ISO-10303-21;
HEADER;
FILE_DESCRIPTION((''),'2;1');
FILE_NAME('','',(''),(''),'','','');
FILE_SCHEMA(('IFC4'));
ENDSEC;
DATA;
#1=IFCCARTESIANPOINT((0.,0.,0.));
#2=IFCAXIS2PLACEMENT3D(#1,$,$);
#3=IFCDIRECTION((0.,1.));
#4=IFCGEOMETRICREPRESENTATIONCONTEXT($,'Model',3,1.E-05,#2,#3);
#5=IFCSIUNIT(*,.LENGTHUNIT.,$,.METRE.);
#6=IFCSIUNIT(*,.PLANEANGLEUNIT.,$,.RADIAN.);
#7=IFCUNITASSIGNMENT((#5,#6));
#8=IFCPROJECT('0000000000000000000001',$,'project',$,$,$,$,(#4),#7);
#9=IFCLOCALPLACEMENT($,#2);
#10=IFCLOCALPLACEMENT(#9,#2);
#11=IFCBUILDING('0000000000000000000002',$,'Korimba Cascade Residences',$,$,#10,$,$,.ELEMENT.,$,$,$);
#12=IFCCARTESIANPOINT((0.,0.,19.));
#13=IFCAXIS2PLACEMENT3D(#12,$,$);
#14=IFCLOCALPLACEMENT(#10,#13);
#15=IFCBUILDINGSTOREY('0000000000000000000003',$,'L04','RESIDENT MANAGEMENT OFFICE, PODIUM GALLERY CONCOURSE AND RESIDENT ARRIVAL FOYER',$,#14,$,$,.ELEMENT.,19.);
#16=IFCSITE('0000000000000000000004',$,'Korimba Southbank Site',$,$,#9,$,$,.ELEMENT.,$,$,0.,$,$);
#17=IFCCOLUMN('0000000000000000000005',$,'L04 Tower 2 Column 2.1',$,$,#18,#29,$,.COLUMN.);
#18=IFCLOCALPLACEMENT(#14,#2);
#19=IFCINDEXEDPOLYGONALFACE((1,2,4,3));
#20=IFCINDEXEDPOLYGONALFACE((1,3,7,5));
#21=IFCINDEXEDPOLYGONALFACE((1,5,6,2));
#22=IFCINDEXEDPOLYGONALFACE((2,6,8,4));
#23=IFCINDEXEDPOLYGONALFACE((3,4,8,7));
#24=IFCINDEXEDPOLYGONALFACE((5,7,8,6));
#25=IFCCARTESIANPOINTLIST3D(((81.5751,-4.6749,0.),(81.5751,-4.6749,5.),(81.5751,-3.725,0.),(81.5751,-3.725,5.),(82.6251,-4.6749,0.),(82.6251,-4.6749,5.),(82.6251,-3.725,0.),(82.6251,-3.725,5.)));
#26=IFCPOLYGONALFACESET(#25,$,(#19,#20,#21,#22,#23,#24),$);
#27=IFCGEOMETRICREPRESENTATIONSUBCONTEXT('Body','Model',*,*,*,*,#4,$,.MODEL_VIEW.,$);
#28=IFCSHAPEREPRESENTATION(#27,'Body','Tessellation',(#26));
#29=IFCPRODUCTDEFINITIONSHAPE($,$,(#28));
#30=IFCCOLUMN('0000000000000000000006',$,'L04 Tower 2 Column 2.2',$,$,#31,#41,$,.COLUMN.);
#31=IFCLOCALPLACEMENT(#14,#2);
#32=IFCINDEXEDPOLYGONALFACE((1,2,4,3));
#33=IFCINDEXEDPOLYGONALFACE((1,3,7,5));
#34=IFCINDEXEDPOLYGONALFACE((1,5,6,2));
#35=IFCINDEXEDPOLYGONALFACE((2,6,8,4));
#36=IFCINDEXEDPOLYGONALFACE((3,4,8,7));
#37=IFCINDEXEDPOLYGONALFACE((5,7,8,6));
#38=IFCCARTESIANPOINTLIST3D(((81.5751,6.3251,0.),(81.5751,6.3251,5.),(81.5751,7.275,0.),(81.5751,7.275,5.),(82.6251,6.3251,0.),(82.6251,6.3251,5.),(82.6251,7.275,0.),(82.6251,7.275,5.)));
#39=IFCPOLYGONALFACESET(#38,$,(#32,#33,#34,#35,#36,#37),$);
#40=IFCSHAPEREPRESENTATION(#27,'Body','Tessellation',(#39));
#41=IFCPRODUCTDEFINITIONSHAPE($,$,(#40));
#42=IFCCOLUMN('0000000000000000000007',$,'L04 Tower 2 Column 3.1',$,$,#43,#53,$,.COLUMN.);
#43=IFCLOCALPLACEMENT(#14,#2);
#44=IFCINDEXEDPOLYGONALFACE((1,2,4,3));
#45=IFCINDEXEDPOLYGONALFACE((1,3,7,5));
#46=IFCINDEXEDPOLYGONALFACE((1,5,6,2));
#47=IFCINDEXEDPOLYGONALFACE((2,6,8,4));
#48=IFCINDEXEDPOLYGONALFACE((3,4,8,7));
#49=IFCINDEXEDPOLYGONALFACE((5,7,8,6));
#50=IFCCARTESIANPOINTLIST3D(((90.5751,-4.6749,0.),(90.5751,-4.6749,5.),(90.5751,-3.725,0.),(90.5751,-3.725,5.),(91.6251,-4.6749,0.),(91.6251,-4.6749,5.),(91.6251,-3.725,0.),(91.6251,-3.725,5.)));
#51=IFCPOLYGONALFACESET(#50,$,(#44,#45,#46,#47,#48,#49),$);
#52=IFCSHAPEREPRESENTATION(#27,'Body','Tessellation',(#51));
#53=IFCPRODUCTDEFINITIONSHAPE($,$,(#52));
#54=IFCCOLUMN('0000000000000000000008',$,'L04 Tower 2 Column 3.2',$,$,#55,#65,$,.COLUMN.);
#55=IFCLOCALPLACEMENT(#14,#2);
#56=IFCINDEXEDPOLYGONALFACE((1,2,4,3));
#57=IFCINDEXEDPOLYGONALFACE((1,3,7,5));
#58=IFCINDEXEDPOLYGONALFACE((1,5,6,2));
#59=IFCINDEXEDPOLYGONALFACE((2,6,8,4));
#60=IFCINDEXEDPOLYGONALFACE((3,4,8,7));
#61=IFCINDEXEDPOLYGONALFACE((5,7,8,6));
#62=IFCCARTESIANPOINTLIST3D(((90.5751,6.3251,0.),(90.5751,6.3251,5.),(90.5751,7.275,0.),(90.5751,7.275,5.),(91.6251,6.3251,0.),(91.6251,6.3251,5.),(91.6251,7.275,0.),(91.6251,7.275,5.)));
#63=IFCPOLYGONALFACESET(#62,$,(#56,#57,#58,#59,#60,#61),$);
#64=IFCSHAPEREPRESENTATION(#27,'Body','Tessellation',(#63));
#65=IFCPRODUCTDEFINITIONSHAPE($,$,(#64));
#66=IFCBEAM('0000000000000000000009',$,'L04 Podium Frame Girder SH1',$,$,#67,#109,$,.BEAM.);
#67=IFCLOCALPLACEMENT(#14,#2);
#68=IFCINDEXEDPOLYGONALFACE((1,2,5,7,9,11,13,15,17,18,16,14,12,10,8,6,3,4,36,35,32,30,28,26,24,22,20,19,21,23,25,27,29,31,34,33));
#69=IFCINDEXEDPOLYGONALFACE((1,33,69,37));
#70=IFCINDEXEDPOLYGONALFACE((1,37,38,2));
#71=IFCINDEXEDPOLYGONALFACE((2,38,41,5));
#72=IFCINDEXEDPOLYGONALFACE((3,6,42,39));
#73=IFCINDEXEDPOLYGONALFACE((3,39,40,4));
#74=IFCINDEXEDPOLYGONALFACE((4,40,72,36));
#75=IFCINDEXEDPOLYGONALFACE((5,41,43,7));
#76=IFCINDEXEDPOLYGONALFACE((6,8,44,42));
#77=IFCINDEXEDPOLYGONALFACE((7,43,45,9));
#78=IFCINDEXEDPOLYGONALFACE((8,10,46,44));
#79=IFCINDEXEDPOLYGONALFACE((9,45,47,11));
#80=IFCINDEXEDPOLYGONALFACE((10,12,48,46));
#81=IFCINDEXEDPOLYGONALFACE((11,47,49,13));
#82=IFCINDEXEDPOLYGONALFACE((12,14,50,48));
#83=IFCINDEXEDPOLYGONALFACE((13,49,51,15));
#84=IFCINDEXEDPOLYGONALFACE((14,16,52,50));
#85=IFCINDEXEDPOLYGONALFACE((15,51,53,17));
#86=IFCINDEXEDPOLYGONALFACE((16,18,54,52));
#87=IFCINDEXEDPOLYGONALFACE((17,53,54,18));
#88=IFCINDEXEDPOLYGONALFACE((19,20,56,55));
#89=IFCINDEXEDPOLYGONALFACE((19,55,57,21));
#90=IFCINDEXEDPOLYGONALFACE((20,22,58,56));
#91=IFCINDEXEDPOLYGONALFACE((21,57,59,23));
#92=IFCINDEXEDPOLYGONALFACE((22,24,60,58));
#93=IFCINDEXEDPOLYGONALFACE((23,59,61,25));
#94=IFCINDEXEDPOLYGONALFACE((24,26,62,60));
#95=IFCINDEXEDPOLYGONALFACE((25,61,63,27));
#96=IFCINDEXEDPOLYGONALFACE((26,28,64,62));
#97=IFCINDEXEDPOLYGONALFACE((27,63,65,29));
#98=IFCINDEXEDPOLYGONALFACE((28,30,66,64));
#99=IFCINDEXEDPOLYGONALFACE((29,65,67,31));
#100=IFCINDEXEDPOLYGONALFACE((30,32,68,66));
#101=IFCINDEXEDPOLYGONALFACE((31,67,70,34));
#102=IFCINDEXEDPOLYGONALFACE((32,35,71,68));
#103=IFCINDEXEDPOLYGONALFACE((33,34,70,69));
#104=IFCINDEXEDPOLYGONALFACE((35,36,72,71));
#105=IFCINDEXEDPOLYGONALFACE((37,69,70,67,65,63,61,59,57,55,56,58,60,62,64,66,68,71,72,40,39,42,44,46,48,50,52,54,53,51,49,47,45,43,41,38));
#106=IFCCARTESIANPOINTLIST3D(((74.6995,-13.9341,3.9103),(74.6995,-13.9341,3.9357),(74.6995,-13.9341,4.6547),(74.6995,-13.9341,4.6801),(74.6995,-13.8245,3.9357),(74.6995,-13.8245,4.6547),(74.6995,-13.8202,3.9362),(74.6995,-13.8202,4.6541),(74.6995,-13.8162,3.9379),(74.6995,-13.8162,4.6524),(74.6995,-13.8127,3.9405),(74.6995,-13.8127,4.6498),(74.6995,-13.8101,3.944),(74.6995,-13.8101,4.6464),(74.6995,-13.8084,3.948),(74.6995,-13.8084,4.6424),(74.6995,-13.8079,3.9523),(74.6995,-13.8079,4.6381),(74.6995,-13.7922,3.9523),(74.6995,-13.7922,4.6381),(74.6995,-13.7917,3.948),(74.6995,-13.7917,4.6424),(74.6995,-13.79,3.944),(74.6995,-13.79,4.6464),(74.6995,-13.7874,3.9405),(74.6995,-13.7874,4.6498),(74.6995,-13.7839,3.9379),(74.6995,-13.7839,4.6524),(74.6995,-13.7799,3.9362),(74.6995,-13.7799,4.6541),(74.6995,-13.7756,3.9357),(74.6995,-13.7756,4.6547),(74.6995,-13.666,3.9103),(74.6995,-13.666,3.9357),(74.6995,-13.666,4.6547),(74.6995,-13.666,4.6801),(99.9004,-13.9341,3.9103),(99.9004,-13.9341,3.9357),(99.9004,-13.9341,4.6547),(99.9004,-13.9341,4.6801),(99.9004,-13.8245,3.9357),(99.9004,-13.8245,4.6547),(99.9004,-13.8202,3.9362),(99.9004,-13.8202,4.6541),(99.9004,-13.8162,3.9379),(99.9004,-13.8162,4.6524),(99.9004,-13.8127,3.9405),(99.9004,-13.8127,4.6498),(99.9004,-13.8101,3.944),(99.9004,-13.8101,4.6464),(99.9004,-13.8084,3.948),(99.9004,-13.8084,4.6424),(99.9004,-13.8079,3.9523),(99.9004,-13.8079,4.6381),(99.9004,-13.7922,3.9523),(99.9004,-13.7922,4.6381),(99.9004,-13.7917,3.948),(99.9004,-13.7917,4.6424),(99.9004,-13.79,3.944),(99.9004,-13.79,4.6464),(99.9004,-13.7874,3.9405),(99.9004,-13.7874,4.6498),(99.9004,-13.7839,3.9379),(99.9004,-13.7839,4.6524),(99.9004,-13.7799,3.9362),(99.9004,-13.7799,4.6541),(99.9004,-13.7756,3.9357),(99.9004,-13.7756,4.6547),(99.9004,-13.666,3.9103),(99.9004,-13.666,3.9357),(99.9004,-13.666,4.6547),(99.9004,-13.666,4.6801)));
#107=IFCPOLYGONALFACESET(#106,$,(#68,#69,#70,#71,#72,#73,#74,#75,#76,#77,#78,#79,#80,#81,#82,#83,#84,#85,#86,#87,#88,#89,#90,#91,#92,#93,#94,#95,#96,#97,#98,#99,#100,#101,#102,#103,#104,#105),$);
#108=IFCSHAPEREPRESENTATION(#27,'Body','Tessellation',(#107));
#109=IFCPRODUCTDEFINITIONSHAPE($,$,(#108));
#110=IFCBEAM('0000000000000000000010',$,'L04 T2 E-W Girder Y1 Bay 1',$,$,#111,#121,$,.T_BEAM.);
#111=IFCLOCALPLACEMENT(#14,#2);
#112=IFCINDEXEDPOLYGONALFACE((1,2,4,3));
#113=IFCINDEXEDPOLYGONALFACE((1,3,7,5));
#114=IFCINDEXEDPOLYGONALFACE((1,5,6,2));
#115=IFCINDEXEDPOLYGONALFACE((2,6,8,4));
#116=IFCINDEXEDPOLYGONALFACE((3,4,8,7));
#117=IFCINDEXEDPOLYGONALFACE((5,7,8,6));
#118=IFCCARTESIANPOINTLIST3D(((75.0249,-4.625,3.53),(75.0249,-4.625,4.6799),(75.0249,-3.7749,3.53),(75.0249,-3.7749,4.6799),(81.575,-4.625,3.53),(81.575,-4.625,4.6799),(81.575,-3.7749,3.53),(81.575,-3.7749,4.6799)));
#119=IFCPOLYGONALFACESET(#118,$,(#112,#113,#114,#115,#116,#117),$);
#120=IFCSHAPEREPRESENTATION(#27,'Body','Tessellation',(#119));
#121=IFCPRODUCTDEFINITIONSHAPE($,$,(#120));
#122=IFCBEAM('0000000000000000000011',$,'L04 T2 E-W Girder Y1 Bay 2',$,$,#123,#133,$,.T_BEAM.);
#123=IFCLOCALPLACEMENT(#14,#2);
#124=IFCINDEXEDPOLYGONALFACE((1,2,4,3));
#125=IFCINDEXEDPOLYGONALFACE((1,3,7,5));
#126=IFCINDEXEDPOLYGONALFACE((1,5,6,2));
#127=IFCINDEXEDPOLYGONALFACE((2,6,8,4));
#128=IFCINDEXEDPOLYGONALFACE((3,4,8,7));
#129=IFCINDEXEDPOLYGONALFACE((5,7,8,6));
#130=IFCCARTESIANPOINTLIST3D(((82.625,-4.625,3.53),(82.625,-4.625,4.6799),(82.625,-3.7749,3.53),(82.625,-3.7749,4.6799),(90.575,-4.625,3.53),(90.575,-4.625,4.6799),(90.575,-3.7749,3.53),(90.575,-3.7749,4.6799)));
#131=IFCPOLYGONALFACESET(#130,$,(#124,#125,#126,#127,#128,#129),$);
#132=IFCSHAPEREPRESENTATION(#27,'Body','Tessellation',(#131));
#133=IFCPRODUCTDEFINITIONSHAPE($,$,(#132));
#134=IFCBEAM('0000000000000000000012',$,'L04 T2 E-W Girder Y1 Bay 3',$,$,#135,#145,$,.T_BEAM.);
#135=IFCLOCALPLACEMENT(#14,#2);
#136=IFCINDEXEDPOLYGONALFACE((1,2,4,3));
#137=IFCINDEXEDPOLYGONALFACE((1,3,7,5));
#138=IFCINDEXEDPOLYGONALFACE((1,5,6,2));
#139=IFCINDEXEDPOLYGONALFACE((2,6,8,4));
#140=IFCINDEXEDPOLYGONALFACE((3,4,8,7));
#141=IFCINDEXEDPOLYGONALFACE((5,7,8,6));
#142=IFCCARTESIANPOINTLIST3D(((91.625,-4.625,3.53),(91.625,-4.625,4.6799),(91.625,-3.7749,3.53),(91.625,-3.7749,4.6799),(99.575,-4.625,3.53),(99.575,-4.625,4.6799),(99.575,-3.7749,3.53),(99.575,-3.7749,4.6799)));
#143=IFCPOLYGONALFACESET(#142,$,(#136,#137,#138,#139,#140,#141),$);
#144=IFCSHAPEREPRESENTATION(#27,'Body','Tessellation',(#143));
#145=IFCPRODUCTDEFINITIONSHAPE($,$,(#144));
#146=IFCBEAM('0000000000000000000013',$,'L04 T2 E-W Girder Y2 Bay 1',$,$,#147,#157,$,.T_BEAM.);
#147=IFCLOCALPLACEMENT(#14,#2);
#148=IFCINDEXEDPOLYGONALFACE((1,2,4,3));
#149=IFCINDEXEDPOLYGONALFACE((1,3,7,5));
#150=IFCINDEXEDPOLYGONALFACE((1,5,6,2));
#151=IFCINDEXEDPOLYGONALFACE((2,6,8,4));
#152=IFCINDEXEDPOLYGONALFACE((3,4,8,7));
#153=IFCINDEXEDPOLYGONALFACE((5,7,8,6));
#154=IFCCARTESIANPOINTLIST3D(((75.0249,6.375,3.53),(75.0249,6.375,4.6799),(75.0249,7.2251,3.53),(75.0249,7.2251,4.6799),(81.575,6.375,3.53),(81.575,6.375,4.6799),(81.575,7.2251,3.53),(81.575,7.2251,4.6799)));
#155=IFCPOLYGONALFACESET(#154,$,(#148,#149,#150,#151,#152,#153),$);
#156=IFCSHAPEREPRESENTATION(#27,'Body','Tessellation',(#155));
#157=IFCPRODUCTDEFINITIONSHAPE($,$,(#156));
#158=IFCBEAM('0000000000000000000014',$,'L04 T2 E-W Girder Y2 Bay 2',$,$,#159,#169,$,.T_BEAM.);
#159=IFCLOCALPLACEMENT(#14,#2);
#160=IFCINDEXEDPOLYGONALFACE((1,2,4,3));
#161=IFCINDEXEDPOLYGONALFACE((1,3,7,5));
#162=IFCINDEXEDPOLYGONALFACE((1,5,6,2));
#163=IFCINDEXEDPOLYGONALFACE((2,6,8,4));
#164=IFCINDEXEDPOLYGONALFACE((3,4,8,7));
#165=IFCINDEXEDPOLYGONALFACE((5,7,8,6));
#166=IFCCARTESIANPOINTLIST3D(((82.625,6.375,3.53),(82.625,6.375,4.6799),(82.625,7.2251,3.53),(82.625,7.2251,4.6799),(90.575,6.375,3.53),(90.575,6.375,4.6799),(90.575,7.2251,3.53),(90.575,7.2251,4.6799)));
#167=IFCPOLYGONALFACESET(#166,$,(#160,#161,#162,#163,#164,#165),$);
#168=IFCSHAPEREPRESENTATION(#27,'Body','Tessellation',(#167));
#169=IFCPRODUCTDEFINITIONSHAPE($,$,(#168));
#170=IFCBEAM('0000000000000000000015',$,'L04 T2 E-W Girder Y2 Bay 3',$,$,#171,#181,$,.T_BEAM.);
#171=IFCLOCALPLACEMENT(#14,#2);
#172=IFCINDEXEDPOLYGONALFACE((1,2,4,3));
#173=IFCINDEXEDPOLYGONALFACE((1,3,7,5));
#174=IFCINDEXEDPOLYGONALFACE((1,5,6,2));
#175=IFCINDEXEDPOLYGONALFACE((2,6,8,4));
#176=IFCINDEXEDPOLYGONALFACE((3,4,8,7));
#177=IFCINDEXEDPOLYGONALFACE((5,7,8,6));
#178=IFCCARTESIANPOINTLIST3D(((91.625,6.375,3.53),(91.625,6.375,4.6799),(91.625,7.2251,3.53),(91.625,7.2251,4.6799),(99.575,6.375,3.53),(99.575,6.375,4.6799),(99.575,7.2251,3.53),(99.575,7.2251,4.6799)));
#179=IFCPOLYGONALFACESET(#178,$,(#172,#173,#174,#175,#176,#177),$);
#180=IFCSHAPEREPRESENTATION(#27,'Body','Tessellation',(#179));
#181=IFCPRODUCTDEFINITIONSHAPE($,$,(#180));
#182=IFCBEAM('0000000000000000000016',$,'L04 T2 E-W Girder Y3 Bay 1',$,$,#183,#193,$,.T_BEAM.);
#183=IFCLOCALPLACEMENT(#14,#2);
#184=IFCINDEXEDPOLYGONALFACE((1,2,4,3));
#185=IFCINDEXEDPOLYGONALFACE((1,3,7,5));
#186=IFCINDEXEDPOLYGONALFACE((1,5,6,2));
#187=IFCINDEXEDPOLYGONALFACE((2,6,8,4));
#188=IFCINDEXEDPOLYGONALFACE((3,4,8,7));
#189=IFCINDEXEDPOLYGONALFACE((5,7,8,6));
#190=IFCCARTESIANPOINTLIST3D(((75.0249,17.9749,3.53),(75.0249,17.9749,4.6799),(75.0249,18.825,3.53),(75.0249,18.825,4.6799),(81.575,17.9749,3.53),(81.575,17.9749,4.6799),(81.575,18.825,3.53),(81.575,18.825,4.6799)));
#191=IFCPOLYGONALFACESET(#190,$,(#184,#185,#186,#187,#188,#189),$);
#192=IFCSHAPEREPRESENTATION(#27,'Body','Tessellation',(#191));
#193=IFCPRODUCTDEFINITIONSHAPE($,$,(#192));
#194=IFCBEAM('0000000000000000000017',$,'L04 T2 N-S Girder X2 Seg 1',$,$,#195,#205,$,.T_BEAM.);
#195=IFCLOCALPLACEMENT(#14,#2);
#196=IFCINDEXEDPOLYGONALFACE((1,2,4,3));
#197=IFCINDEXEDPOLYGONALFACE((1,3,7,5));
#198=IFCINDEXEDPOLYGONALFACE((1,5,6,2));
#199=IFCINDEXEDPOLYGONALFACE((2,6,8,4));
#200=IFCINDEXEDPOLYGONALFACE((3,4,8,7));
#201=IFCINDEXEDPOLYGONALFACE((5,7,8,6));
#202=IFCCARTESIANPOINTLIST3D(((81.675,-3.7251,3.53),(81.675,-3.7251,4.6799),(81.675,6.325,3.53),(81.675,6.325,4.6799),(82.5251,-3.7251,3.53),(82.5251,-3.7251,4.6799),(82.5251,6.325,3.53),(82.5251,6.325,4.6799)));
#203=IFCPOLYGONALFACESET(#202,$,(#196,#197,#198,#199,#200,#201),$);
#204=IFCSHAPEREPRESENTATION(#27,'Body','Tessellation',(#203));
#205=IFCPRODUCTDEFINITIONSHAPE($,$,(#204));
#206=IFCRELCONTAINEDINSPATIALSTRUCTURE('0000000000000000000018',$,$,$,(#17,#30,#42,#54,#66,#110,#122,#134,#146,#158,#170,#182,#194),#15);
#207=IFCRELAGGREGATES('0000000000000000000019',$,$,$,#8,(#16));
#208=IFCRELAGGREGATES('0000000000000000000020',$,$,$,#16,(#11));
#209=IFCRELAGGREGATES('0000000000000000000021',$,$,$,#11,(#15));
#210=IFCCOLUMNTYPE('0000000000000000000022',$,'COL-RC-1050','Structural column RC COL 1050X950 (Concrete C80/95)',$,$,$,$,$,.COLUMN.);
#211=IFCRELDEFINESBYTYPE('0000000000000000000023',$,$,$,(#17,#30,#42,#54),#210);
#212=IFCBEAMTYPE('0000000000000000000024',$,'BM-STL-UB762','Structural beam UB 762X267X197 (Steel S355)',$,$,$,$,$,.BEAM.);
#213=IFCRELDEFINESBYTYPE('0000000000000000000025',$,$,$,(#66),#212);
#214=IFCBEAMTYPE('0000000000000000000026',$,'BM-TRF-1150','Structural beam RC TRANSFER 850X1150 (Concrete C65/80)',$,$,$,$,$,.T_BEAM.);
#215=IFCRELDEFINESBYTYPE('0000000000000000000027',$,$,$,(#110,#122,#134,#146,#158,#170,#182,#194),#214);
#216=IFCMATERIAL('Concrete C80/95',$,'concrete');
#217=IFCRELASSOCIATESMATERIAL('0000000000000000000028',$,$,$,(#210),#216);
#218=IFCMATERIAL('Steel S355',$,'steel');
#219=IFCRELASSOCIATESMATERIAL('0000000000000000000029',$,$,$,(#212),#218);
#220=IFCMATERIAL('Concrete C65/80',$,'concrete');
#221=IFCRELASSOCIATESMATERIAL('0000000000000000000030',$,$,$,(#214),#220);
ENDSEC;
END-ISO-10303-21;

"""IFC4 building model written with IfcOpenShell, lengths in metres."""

from ifc_helpers import new_model, si_unit, direction, frame, origin, origin_2d, place, context, subcontext, project, spatial, rectangle, i_section, extrude, material, material_profile, profile_set, type_object, element, save


model = new_model("IFC4")

# Units and contexts
model_context = context("Model", 3, precision=1e-05, world=origin(), true_north=direction((0.0, 1.0)))
body_context = subcontext(model_context, "Body", "Model", "MODEL_VIEW")
ifc_project = project(units=[si_unit("LENGTHUNIT", "METRE"), si_unit("PLANEANGLEUNIT", "RADIAN")], contexts=[model_context])

# Site, building, storey
site_placement = place(None, origin())
site = spatial("IfcSite", under=ifc_project, at=site_placement, Name="Korimba Southbank Site", CompositionType="ELEMENT", RefElevation=0.0)
building_placement = place(site_placement, origin())
building = spatial("IfcBuilding", under=site, at=building_placement, Name="Korimba Cascade Residences", CompositionType="ELEMENT")
storey_placement = place(building_placement, frame((0.0, 0.0, 19.0)))
storey = spatial("IfcBuildingStorey", under=building, at=storey_placement, Name="L04", Description="RESIDENT MANAGEMENT OFFICE, PODIUM GALLERY CONCOURSE AND RESIDENT ARRIVAL FOYER", CompositionType="ELEMENT", Elevation=19.0)

# Columns
ifc_material_1 = material(Name="Concrete C80/95", Category="concrete")
ifc_material_profile_1 = material_profile(ifc_material_1, rectangle(XDim=1.05, YDim=0.95, at=origin_2d()), Name="Concrete C80/95")
ifc_profile_set_1 = profile_set([ifc_material_profile_1], Name="Concrete C80/95")
column_type = type_object("IfcColumnType", Name="COL-RC-1050", Description="Structural column RC COL 1050X950 (Concrete C80/95)", PredefinedType="COLUMN", material=ifc_profile_set_1)
for number, where, z_axis, x_axis, name in (
    (1, (82.1001, -4.2, 0.0), (0.0, 0.0, 1.0), (1.0, 0.0, 0.0), "L04 Tower 2 Column 2.1"),
    (2, (82.1001, 6.8, 0.0), (0.0, 0.0, 1.0), (1.0, 0.0, 0.0), "L04 Tower 2 Column 2.2"),
    (3, (91.1001, -4.2, 0.0), (0.0, 0.0, 1.0), (1.0, 0.0, 0.0), "L04 Tower 2 Column 3.1"),
    (4, (91.1001, 6.8, 0.0), (0.0, 0.0, 1.0), (1.0, 0.0, 0.0), "L04 Tower 2 Column 3.2"),
):
    element("IfcColumn", number, at=place(storey_placement, frame(where, z_axis=z_axis, x_axis=x_axis)), inside=storey, type_object=column_type, Name=name, PredefinedType="COLUMN", context=body_context, shape_type="SweptSolid", body=[
        extrude(rectangle(XDim=1.05, YDim=0.95, at=origin_2d()), origin(), (0.0, 0.0, 1.0), 5.0),
    ])

# Beams
ifc_material_2 = material(Name="Steel S355", Category="steel")
ifc_material_profile_2 = material_profile(ifc_material_2, i_section(OverallWidth=0.2681, OverallDepth=0.7698, WebThickness=0.0156, FlangeThickness=0.0254, FilletRadius=0.0166, at=origin_2d()), Name="Steel S355")
ifc_profile_set_2 = profile_set([ifc_material_profile_2], Name="Steel S355")
beam_type_1 = type_object("IfcBeamType", Name="BM-STL-UB762", Description="Structural beam UB 762X267X197 (Steel S355)", PredefinedType="BEAM", material=ifc_profile_set_2)
beam_1_placement = place(storey_placement, frame((74.6995, -13.8, 4.2952), z_axis=(1.0, 0.0, 0.0), x_axis=(0.0, 1.0, 0.0)))
element("IfcBeam", 5, at=beam_1_placement, inside=storey, type_object=beam_type_1, Name="L04 Podium Frame Girder SH1", PredefinedType="BEAM", context=body_context, shape_type="SweptSolid", body=[
    extrude(i_section(OverallWidth=0.2681, OverallDepth=0.7698, WebThickness=0.0156, FlangeThickness=0.0254, FilletRadius=0.0166, at=origin_2d()), origin(), (0.0, 0.0, 1.0), 25.2009),
])
ifc_material_3 = material(Name="Concrete C65/80", Category="concrete")
ifc_material_profile_3 = material_profile(ifc_material_3, rectangle(XDim=0.8501, YDim=1.1499, at=origin_2d()), Name="Concrete C65/80")
ifc_profile_set_3 = profile_set([ifc_material_profile_3], Name="Concrete C65/80")
beam_type_2 = type_object("IfcBeamType", Name="BM-TRF-1150", Description="Structural beam RC TRANSFER 850X1150 (Concrete C65/80)", PredefinedType="T_BEAM", material=ifc_profile_set_3)
beam_2_placement = place(storey_placement, frame((75.0249, -4.2, 4.105), z_axis=(1.0, 0.0, 0.0), x_axis=(0.0, 1.0, 0.0)))
element("IfcBeam", 6, at=beam_2_placement, inside=storey, type_object=beam_type_2, Name="L04 T2 E-W Girder Y1 Bay 1", PredefinedType="T_BEAM", context=body_context, shape_type="SweptSolid", body=[
    extrude(rectangle(XDim=0.8501, YDim=1.1499, at=origin_2d()), origin(), (0.0, 0.0, 1.0), 6.55),
])
for number, where, z_axis, x_axis, name in (
    (7, (82.625, -4.2, 4.105), (1.0, 0.0, 0.0), (0.0, 1.0, 0.0), "L04 T2 E-W Girder Y1 Bay 2"),
    (8, (91.625, -4.2, 4.105), (1.0, 0.0, 0.0), (0.0, 1.0, 0.0), "L04 T2 E-W Girder Y1 Bay 3"),
):
    element("IfcBeam", number, at=place(storey_placement, frame(where, z_axis=z_axis, x_axis=x_axis)), inside=storey, type_object=beam_type_2, Name=name, PredefinedType="T_BEAM", context=body_context, shape_type="SweptSolid", body=[
        extrude(rectangle(XDim=0.8501, YDim=1.1499, at=origin_2d()), origin(), (0.0, 0.0, 1.0), 7.95),
    ])
beam_3_placement = place(storey_placement, frame((75.0249, 6.8, 4.105), z_axis=(1.0, 0.0, 0.0), x_axis=(0.0, 1.0, 0.0)))
element("IfcBeam", 9, at=beam_3_placement, inside=storey, type_object=beam_type_2, Name="L04 T2 E-W Girder Y2 Bay 1", PredefinedType="T_BEAM", context=body_context, shape_type="SweptSolid", body=[
    extrude(rectangle(XDim=0.8501, YDim=1.1499, at=origin_2d()), origin(), (0.0, 0.0, 1.0), 6.55),
])
for number, where, z_axis, x_axis, name in (
    (10, (82.625, 6.8, 4.105), (1.0, 0.0, 0.0), (0.0, 1.0, 0.0), "L04 T2 E-W Girder Y2 Bay 2"),
    (11, (91.625, 6.8, 4.105), (1.0, 0.0, 0.0), (0.0, 1.0, 0.0), "L04 T2 E-W Girder Y2 Bay 3"),
):
    element("IfcBeam", number, at=place(storey_placement, frame(where, z_axis=z_axis, x_axis=x_axis)), inside=storey, type_object=beam_type_2, Name=name, PredefinedType="T_BEAM", context=body_context, shape_type="SweptSolid", body=[
        extrude(rectangle(XDim=0.8501, YDim=1.1499, at=origin_2d()), origin(), (0.0, 0.0, 1.0), 7.95),
    ])
beam_4_placement = place(storey_placement, frame((75.0249, 18.3999, 4.105), z_axis=(1.0, 0.0, 0.0), x_axis=(0.0, 1.0, 0.0)))
element("IfcBeam", 12, at=beam_4_placement, inside=storey, type_object=beam_type_2, Name="L04 T2 E-W Girder Y3 Bay 1", PredefinedType="T_BEAM", context=body_context, shape_type="SweptSolid", body=[
    extrude(rectangle(XDim=0.8501, YDim=1.1499, at=origin_2d()), origin(), (0.0, 0.0, 1.0), 6.55),
])
beam_5_placement = place(storey_placement, frame((82.1001, -3.7251, 4.105), z_axis=(0.0, 1.0, 0.0), x_axis=(-1.0, 0.0, 0.0)))
element("IfcBeam", 13, at=beam_5_placement, inside=storey, type_object=beam_type_2, Name="L04 T2 N-S Girder X2 Seg 1", PredefinedType="T_BEAM", context=body_context, shape_type="SweptSolid", body=[
    extrude(rectangle(XDim=0.8501, YDim=1.1499, at=origin_2d()), origin(), (0.0, 0.0, 1.0), 10.05),
])

save(model, "model.ifc")
